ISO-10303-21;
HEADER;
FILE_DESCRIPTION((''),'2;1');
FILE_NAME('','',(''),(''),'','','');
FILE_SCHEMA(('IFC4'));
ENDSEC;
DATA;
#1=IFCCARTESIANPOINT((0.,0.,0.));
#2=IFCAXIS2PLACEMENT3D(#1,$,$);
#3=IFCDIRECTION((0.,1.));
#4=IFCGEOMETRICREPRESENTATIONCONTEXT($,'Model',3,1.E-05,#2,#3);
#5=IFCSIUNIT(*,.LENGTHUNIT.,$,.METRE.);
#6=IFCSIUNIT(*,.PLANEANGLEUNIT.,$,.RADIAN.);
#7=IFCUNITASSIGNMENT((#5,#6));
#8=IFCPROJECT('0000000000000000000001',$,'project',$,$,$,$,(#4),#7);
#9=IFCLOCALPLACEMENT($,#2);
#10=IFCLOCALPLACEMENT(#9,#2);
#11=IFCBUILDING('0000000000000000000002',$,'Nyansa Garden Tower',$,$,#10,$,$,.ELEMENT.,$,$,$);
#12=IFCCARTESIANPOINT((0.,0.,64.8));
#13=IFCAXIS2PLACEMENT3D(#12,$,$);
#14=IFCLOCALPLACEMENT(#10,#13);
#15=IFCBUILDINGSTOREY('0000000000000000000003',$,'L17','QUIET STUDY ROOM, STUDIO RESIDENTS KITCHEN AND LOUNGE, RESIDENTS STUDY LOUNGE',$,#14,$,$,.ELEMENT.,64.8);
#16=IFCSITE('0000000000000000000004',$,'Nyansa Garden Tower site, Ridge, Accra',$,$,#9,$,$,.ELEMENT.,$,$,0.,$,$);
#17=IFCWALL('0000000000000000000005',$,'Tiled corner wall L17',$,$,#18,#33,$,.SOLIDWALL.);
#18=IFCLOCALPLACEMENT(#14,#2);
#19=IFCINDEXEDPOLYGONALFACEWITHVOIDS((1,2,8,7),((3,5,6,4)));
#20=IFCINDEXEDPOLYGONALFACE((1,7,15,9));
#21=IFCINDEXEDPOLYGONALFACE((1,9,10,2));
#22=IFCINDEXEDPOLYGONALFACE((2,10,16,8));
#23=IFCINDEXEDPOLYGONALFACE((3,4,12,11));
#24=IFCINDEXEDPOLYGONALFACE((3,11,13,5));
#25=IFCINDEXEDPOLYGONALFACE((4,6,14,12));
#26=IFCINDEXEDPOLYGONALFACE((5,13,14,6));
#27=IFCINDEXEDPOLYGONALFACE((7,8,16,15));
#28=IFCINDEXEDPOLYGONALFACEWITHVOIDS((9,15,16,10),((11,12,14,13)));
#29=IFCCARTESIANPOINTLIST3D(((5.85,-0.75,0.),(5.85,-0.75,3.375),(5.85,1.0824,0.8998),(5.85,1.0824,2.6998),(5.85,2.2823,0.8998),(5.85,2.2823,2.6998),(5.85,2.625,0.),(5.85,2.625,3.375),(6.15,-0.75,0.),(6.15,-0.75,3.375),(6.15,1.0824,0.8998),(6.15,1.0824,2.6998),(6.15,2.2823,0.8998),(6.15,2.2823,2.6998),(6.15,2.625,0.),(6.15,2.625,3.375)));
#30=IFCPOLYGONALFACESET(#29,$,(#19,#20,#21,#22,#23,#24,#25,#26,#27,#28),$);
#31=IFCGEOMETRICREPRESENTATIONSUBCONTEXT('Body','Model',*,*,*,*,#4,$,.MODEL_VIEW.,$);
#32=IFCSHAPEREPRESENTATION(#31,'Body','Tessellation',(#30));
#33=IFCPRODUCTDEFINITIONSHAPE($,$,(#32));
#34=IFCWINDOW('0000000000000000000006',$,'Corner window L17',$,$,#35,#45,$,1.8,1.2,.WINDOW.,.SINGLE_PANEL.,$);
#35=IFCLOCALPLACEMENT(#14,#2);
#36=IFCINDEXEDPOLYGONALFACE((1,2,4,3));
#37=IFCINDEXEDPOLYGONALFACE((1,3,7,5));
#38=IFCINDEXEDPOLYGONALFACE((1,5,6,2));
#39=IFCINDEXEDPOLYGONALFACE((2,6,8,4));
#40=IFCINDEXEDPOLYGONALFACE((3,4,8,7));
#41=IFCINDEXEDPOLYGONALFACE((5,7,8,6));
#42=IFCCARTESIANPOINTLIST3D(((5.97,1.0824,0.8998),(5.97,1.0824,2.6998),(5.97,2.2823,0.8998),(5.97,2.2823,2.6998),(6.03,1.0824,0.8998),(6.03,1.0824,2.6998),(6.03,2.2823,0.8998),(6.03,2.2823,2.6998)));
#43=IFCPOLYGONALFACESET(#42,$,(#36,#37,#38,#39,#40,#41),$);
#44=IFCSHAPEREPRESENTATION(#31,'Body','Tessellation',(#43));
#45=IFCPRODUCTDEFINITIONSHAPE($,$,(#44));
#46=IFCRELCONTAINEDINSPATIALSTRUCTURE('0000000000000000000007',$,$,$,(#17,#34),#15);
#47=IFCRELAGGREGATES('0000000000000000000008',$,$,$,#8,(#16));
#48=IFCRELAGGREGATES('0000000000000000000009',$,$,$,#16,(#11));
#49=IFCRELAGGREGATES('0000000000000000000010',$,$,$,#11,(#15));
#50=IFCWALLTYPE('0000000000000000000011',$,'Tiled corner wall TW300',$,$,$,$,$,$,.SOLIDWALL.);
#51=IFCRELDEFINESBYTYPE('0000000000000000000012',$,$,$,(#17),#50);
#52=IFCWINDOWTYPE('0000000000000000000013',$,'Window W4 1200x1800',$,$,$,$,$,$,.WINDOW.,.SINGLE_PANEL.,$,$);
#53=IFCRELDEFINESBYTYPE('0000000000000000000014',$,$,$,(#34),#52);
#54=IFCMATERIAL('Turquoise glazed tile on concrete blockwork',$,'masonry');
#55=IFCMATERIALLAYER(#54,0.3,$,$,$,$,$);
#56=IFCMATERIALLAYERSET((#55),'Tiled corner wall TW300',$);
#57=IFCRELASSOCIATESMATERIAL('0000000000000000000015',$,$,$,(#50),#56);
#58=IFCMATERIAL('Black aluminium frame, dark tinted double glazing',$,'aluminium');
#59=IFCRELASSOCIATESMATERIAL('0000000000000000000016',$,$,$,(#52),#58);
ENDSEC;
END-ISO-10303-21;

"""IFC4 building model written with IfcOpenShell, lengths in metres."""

from ifc_helpers import new_model, si_unit, direction, frame, frame_2d, origin, place, context, subcontext, project, spatial, rectangle, extrude, material, layer, layer_set, type_object, element, fill, save


model = new_model("IFC4")

# Units and contexts
model_context = context("Model", 3, precision=1e-05, world=origin(), true_north=direction((0.0, 1.0)))
body_context = subcontext(model_context, "Body", "Model", "MODEL_VIEW")
ifc_project = project(units=[si_unit("LENGTHUNIT", "METRE"), si_unit("PLANEANGLEUNIT", "RADIAN")], contexts=[model_context])

# Site, building, storey
site_placement = place(None, origin())
site = spatial("IfcSite", under=ifc_project, at=site_placement, Name="Nyansa Garden Tower site, Ridge, Accra", CompositionType="ELEMENT", RefElevation=0.0)
building_placement = place(site_placement, origin())
building = spatial("IfcBuilding", under=site, at=building_placement, Name="Nyansa Garden Tower", CompositionType="ELEMENT")
storey_placement = place(building_placement, frame((0.0, 0.0, 64.8)))
storey = spatial("IfcBuildingStorey", under=building, at=storey_placement, Name="L17", Description="QUIET STUDY ROOM, STUDIO RESIDENTS KITCHEN AND LOUNGE, RESIDENTS STUDY LOUNGE", CompositionType="ELEMENT", Elevation=64.8)

# Wall, opening, window
ifc_material_1 = material(Name="Turquoise glazed tile on concrete blockwork", Category="masonry")
ifc_layer_1 = layer(ifc_material_1, 0.3)
ifc_layer_set_1 = layer_set([ifc_layer_1], Name="Tiled corner wall TW300")
wall_type_1 = type_object("IfcWallType", Name="Tiled corner wall TW300", PredefinedType="SOLIDWALL", material=ifc_layer_set_1)
wall_1_placement = place(storey_placement, frame((6.0, 2.625, 0.0), z_axis=(0.0, 0.0, 1.0), x_axis=(0.0, -1.0, 0.0)))
wall_1 = element("IfcWall", 1, at=wall_1_placement, inside=storey, type_object=wall_type_1, Name="Tiled corner wall L17", PredefinedType="SOLIDWALL", context=body_context, shape_type="SweptSolid", body=[
    extrude(rectangle(XDim=3.375, YDim=0.3, at=frame_2d((1.6875, 0.0))), origin(), (0.0, 0.0, 1.0), 3.375),
])
opening_1_placement = place(wall_1_placement, frame((0.3425, 0.0, 0.8999)))
opening_1 = element("IfcOpeningElement", 2, at=opening_1_placement, cuts=wall_1, PredefinedType="OPENING", context=body_context, shape_type="SweptSolid", body=[
    extrude(rectangle(XDim=1.2, YDim=1.8, at=frame_2d((0.6001, 0.8999))), frame((0.0, 0.1599, 0.0), z_axis=(0.0, -1.0, 0.0), x_axis=(1.0, 0.0, 0.0)), (0.0, 0.0, 1.0), 0.3201),
])
ifc_material_2 = material(Name="Black aluminium frame, dark tinted double glazing", Category="aluminium")
window_type_1 = type_object("IfcWindowType", Name="Window W4 1200x1800", PartitioningType="SINGLE_PANEL", PredefinedType="WINDOW", material=ifc_material_2)
window_1_placement = place(opening_1_placement, origin())
window_1 = element("IfcWindow", 3, at=window_1_placement, inside=storey, type_object=window_type_1, Name="Corner window L17", OverallHeight=1.8, OverallWidth=1.2, PartitioningType="SINGLE_PANEL", PredefinedType="WINDOW", context=body_context, shape_type="SweptSolid", body=[
    extrude(rectangle(XDim=1.2, YDim=1.8, at=frame_2d((0.6001, 0.8999))), frame((0.0, 0.03, 0.0), z_axis=(0.0, -1.0, 0.0), x_axis=(1.0, 0.0, 0.0)), (0.0, 0.0, 1.0), 0.0601),
])
fill(opening_1, window_1)

save(model, "model.ifc")
